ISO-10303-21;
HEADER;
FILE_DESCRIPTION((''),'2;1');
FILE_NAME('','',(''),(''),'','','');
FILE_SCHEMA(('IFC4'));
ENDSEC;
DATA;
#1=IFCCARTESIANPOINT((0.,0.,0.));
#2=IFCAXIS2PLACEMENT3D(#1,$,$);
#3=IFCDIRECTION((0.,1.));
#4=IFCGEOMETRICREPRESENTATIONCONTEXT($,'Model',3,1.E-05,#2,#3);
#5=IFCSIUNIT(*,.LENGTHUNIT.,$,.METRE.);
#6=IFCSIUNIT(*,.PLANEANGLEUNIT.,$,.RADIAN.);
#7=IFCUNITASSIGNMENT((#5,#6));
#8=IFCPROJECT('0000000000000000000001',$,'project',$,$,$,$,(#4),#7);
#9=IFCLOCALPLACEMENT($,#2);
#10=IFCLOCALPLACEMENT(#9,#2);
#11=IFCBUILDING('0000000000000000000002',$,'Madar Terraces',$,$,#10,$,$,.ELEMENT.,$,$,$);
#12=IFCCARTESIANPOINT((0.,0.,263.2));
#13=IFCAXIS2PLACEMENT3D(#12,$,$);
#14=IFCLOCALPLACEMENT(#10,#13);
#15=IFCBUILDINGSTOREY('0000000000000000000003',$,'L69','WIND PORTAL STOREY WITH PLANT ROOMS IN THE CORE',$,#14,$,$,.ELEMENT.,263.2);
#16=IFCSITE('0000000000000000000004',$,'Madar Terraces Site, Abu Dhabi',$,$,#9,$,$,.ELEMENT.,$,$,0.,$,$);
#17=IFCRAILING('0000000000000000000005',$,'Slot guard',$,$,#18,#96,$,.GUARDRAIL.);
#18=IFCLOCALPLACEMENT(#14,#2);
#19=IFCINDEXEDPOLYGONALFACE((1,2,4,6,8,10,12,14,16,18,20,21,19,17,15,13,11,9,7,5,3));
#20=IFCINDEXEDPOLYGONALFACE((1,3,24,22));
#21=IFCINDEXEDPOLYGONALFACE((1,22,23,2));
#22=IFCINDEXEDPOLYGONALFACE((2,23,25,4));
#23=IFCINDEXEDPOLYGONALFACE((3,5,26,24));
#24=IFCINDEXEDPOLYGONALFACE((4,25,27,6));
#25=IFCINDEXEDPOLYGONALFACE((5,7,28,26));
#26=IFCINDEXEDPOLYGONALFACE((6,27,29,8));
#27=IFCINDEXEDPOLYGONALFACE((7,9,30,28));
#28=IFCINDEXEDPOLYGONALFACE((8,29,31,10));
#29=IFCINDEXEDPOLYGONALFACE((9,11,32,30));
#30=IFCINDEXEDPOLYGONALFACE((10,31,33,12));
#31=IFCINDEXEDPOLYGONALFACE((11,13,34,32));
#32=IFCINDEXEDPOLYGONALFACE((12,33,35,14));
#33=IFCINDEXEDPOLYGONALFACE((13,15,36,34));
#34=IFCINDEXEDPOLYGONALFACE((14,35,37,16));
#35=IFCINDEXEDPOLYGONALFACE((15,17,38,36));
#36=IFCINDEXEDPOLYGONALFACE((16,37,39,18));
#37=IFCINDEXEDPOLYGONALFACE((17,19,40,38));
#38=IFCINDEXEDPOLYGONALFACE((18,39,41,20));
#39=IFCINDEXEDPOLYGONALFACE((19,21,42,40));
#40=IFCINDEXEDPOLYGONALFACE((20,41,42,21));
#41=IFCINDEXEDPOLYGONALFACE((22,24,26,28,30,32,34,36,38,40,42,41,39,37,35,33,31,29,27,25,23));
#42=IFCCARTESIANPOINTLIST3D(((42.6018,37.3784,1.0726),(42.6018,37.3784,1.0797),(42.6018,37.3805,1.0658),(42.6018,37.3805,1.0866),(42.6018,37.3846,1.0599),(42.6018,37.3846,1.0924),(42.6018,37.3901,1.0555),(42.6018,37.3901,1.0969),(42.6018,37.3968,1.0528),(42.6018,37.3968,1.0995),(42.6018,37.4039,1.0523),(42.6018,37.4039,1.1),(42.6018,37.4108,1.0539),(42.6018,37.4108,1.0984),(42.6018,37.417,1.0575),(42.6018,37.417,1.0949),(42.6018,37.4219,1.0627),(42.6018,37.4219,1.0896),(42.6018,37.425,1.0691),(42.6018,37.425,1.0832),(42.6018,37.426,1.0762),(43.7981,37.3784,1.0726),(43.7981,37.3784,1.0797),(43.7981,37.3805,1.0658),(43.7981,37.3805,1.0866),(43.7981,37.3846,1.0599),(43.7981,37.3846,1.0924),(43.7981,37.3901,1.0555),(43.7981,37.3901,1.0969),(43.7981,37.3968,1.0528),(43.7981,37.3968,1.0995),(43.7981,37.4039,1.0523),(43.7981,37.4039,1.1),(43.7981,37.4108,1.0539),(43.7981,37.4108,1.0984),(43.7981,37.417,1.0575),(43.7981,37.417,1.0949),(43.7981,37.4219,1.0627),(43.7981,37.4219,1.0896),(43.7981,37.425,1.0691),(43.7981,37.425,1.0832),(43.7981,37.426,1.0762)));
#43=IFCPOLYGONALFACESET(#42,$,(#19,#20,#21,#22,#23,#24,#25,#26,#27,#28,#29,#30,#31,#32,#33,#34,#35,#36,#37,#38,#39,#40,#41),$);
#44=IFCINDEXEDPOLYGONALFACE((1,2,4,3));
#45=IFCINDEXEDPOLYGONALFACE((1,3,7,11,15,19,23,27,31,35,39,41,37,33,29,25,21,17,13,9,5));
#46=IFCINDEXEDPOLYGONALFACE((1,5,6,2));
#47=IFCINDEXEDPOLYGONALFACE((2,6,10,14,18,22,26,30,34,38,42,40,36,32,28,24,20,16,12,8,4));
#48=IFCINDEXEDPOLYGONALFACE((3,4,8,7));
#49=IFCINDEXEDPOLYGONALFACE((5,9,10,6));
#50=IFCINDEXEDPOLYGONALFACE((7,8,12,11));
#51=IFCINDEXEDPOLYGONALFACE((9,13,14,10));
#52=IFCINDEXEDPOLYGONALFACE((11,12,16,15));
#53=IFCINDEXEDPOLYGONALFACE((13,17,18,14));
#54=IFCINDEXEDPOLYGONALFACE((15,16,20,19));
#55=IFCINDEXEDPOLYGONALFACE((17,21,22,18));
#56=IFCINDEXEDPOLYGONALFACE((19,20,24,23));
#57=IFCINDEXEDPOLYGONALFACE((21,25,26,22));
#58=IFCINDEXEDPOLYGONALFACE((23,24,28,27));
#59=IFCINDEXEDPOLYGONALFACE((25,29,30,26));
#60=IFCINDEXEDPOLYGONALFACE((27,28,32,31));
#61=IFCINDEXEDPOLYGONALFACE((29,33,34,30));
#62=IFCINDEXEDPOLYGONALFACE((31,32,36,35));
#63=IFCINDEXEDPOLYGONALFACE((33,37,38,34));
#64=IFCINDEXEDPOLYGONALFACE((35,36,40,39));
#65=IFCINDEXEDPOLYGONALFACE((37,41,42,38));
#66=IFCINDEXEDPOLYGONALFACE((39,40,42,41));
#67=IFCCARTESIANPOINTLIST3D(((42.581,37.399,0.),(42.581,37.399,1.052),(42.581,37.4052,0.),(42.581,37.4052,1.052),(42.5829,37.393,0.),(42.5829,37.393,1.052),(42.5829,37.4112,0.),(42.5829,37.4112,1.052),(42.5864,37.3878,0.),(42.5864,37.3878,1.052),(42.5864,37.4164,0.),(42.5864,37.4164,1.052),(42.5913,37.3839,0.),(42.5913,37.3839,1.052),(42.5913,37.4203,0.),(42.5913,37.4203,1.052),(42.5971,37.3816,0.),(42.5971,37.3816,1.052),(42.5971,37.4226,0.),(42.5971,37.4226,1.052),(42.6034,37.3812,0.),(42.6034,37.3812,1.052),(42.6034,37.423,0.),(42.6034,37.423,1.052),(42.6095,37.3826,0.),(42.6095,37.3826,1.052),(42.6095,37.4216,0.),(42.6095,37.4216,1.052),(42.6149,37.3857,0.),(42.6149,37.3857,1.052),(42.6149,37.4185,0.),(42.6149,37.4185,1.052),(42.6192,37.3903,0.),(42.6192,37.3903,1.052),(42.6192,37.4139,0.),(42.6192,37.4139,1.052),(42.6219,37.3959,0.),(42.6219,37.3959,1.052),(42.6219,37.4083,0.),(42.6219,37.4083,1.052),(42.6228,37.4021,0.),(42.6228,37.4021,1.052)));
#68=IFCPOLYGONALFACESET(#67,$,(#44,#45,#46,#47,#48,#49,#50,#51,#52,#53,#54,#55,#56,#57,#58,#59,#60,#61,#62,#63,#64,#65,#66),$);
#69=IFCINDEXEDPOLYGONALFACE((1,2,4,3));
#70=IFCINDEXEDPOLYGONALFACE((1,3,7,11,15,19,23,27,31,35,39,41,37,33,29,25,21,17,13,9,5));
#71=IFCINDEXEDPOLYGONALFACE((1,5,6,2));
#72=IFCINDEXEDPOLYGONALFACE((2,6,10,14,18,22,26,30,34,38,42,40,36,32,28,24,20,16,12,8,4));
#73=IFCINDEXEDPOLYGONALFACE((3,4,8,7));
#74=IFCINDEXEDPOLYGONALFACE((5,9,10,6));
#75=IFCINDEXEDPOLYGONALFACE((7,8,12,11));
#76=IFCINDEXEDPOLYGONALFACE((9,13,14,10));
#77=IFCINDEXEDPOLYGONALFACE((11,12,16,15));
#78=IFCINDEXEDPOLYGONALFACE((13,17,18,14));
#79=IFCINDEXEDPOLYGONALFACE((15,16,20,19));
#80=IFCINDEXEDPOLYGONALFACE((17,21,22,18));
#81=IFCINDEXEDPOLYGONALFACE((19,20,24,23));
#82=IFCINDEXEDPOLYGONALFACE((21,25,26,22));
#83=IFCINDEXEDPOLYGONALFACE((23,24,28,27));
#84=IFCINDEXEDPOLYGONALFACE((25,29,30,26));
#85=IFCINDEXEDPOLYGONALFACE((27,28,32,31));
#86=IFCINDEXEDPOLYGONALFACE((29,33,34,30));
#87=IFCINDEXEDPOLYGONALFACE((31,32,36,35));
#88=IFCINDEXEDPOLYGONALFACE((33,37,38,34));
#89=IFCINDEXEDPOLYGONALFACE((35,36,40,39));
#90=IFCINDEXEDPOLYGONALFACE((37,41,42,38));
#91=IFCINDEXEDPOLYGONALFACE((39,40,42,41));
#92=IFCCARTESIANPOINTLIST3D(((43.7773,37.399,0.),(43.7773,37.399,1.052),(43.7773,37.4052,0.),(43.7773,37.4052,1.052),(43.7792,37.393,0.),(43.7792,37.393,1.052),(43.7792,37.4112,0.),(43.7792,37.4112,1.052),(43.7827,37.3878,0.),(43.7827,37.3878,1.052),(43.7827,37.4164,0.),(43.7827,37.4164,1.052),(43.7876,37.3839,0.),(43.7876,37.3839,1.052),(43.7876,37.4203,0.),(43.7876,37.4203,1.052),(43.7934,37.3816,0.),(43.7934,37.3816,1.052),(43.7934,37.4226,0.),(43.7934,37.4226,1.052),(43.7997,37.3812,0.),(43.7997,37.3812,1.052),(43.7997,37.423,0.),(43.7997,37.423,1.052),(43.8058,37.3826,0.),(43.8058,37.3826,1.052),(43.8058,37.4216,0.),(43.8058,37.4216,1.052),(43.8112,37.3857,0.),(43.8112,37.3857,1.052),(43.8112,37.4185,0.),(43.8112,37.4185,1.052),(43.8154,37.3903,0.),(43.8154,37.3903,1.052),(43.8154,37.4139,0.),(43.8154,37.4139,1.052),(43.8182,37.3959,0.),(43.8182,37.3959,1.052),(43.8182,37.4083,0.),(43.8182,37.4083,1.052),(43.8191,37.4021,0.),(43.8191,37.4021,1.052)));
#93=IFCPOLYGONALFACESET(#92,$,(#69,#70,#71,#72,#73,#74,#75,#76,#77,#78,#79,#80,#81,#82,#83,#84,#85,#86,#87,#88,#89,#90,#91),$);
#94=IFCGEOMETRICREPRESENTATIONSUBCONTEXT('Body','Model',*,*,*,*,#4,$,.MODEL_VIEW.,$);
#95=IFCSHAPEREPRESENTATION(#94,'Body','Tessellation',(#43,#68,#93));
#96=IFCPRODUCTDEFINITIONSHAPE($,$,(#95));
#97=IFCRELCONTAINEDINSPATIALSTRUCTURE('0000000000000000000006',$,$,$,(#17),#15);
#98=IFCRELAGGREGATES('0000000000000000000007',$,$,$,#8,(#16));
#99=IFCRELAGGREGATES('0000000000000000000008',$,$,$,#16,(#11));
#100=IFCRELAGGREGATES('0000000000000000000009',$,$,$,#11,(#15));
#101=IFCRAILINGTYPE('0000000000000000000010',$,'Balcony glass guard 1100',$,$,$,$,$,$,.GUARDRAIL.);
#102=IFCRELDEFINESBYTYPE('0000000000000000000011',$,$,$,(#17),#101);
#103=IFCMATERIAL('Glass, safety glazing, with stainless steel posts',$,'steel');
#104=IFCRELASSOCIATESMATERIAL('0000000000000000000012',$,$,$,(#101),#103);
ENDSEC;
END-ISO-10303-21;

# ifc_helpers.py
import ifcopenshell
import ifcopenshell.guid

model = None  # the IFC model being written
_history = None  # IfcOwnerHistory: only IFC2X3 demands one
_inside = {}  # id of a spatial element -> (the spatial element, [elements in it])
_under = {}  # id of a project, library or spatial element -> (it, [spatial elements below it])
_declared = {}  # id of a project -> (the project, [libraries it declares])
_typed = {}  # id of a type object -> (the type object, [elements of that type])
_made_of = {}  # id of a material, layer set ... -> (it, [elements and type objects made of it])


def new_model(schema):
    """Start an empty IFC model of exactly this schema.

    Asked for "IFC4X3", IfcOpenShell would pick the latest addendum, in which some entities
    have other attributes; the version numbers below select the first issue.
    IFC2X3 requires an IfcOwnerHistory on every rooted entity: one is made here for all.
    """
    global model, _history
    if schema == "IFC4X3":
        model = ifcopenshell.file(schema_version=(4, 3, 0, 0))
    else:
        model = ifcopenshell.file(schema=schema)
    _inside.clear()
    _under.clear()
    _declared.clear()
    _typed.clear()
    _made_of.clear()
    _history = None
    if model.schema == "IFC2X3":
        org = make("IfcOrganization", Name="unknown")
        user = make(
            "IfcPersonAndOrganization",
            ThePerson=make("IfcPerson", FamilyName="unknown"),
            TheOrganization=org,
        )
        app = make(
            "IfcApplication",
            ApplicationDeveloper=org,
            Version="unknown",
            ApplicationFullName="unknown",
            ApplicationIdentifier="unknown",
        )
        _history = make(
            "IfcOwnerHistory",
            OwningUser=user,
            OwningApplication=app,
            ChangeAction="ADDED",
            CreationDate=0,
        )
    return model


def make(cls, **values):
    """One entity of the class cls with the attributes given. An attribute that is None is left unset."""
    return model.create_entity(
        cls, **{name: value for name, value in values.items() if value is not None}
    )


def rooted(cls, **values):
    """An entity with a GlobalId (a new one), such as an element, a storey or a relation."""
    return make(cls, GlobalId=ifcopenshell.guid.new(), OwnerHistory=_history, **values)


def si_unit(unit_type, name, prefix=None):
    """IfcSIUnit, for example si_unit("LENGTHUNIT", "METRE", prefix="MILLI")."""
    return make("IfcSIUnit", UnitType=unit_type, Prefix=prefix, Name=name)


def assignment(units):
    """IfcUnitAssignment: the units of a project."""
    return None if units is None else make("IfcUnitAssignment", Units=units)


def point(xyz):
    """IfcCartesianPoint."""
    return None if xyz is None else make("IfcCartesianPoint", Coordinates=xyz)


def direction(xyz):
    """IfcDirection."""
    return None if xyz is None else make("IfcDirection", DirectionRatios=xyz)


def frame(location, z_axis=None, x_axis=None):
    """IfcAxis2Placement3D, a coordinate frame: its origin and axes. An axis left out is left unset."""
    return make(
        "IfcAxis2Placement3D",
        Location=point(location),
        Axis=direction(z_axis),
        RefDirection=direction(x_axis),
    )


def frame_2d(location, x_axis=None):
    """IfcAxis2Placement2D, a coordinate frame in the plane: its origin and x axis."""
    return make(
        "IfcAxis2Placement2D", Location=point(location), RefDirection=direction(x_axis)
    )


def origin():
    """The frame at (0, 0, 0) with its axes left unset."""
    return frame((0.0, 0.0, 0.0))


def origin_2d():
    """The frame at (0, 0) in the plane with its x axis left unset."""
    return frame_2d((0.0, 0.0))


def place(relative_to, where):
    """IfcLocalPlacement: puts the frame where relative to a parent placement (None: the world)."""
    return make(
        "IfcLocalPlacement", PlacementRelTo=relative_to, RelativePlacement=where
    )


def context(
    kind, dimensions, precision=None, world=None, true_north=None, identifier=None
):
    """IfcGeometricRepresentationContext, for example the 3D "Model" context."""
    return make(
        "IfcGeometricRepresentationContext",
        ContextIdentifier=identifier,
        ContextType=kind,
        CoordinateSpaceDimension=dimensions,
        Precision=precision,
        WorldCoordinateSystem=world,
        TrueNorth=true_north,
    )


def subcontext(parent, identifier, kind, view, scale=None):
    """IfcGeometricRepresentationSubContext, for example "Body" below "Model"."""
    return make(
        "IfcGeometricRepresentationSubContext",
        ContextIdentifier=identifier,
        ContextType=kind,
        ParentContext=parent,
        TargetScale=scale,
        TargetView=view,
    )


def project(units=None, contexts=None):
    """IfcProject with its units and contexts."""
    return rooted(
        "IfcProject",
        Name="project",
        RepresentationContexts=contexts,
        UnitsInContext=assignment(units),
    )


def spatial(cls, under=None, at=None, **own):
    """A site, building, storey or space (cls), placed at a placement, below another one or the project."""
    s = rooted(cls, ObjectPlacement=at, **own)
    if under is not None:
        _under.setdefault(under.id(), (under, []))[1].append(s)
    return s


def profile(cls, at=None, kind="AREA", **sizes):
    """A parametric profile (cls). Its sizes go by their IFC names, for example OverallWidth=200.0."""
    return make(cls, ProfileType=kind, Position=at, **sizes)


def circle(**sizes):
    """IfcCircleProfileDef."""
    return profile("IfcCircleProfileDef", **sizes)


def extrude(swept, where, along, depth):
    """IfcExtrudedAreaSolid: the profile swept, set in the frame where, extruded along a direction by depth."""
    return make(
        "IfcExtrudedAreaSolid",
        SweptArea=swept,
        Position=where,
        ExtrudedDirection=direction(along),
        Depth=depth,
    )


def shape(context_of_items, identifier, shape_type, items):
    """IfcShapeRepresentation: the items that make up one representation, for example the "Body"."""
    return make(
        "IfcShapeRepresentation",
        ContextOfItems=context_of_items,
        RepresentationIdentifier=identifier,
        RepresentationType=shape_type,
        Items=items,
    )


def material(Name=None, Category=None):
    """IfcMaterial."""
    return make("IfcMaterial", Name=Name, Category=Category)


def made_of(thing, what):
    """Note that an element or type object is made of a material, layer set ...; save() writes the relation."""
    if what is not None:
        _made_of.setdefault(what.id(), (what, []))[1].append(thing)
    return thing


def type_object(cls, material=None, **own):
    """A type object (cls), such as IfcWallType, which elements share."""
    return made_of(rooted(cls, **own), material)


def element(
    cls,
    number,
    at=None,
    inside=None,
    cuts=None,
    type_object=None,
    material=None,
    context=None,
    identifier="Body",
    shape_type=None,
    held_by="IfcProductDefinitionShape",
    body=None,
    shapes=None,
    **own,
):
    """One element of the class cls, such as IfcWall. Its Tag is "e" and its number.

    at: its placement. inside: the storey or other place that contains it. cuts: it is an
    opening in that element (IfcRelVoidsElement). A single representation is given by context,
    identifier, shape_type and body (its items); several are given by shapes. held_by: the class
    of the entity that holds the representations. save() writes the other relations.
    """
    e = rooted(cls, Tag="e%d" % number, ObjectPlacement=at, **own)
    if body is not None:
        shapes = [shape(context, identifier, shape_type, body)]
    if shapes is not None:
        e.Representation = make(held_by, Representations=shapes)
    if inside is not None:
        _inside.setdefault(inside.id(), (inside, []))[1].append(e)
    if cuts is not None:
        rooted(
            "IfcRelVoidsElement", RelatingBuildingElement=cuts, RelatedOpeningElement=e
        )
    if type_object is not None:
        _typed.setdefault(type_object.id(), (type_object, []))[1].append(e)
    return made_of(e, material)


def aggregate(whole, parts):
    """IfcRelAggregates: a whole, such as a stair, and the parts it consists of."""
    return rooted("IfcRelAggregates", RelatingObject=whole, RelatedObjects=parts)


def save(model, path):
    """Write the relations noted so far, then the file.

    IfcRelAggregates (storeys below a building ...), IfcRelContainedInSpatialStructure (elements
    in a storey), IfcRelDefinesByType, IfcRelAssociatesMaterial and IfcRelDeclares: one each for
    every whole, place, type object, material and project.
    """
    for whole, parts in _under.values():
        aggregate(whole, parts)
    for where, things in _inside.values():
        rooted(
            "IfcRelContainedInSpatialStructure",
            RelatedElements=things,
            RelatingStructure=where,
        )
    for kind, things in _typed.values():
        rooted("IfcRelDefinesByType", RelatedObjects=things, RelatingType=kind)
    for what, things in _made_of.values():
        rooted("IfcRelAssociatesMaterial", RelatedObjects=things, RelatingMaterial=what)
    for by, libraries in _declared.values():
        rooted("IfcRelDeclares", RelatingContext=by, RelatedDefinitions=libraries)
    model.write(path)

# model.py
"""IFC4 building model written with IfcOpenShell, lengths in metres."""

from ifc_helpers import new_model, si_unit, direction, frame, origin, origin_2d, place, context, subcontext, project, spatial, circle, extrude, material, type_object, element, save


model = new_model("IFC4")

# Units and contexts
model_context = context("Model", 3, precision=1e-05, world=origin(), true_north=direction((0.0, 1.0)))
body_context = subcontext(model_context, "Body", "Model", "MODEL_VIEW")
ifc_project = project(units=[si_unit("LENGTHUNIT", "METRE"), si_unit("PLANEANGLEUNIT", "RADIAN")], contexts=[model_context])

# Site, building, storey
site_placement = place(None, origin())
site = spatial("IfcSite", under=ifc_project, at=site_placement, Name="Madar Terraces Site, Abu Dhabi", CompositionType="ELEMENT", RefElevation=0.0)
building_placement = place(site_placement, origin())
building = spatial("IfcBuilding", under=site, at=building_placement, Name="Madar Terraces", CompositionType="ELEMENT")
storey_placement = place(building_placement, frame((0.0, 0.0, 263.2)))
storey = spatial("IfcBuildingStorey", under=building, at=storey_placement, Name="L69", Description="WIND PORTAL STOREY WITH PLANT ROOMS IN THE CORE", CompositionType="ELEMENT", Elevation=263.2)

# Railing
ifc_material_1 = material(Name="Glass, safety glazing, with stainless steel posts", Category="steel")
railing_type_1 = type_object("IfcRailingType", Name="Balcony glass guard 1100", PredefinedType="GUARDRAIL", material=ifc_material_1)
railing_1_placement = place(storey_placement, frame((42.6018, 37.4021, 0.0)))
element("IfcRailing", 1, at=railing_1_placement, inside=storey, type_object=railing_type_1, Name="Slot guard", PredefinedType="GUARDRAIL", context=body_context, shape_type="SweptSolid", body=[
    extrude(circle(Radius=0.0239, at=origin_2d()), frame((0.0, 0.0, 1.0762), z_axis=(1.0, 0.0, 0.0), x_axis=(0.0, 1.0, 0.0)), (0.0, 0.0, 1.0), 1.1963),
    extrude(circle(Radius=0.021, at=origin_2d()), origin(), (0.0, 0.0, 1.0), 1.052),
    extrude(circle(Radius=0.021, at=origin_2d()), frame((1.1963, 0.0, 0.0)), (0.0, 0.0, 1.0), 1.052),
])

save(model, "model.ifc")
